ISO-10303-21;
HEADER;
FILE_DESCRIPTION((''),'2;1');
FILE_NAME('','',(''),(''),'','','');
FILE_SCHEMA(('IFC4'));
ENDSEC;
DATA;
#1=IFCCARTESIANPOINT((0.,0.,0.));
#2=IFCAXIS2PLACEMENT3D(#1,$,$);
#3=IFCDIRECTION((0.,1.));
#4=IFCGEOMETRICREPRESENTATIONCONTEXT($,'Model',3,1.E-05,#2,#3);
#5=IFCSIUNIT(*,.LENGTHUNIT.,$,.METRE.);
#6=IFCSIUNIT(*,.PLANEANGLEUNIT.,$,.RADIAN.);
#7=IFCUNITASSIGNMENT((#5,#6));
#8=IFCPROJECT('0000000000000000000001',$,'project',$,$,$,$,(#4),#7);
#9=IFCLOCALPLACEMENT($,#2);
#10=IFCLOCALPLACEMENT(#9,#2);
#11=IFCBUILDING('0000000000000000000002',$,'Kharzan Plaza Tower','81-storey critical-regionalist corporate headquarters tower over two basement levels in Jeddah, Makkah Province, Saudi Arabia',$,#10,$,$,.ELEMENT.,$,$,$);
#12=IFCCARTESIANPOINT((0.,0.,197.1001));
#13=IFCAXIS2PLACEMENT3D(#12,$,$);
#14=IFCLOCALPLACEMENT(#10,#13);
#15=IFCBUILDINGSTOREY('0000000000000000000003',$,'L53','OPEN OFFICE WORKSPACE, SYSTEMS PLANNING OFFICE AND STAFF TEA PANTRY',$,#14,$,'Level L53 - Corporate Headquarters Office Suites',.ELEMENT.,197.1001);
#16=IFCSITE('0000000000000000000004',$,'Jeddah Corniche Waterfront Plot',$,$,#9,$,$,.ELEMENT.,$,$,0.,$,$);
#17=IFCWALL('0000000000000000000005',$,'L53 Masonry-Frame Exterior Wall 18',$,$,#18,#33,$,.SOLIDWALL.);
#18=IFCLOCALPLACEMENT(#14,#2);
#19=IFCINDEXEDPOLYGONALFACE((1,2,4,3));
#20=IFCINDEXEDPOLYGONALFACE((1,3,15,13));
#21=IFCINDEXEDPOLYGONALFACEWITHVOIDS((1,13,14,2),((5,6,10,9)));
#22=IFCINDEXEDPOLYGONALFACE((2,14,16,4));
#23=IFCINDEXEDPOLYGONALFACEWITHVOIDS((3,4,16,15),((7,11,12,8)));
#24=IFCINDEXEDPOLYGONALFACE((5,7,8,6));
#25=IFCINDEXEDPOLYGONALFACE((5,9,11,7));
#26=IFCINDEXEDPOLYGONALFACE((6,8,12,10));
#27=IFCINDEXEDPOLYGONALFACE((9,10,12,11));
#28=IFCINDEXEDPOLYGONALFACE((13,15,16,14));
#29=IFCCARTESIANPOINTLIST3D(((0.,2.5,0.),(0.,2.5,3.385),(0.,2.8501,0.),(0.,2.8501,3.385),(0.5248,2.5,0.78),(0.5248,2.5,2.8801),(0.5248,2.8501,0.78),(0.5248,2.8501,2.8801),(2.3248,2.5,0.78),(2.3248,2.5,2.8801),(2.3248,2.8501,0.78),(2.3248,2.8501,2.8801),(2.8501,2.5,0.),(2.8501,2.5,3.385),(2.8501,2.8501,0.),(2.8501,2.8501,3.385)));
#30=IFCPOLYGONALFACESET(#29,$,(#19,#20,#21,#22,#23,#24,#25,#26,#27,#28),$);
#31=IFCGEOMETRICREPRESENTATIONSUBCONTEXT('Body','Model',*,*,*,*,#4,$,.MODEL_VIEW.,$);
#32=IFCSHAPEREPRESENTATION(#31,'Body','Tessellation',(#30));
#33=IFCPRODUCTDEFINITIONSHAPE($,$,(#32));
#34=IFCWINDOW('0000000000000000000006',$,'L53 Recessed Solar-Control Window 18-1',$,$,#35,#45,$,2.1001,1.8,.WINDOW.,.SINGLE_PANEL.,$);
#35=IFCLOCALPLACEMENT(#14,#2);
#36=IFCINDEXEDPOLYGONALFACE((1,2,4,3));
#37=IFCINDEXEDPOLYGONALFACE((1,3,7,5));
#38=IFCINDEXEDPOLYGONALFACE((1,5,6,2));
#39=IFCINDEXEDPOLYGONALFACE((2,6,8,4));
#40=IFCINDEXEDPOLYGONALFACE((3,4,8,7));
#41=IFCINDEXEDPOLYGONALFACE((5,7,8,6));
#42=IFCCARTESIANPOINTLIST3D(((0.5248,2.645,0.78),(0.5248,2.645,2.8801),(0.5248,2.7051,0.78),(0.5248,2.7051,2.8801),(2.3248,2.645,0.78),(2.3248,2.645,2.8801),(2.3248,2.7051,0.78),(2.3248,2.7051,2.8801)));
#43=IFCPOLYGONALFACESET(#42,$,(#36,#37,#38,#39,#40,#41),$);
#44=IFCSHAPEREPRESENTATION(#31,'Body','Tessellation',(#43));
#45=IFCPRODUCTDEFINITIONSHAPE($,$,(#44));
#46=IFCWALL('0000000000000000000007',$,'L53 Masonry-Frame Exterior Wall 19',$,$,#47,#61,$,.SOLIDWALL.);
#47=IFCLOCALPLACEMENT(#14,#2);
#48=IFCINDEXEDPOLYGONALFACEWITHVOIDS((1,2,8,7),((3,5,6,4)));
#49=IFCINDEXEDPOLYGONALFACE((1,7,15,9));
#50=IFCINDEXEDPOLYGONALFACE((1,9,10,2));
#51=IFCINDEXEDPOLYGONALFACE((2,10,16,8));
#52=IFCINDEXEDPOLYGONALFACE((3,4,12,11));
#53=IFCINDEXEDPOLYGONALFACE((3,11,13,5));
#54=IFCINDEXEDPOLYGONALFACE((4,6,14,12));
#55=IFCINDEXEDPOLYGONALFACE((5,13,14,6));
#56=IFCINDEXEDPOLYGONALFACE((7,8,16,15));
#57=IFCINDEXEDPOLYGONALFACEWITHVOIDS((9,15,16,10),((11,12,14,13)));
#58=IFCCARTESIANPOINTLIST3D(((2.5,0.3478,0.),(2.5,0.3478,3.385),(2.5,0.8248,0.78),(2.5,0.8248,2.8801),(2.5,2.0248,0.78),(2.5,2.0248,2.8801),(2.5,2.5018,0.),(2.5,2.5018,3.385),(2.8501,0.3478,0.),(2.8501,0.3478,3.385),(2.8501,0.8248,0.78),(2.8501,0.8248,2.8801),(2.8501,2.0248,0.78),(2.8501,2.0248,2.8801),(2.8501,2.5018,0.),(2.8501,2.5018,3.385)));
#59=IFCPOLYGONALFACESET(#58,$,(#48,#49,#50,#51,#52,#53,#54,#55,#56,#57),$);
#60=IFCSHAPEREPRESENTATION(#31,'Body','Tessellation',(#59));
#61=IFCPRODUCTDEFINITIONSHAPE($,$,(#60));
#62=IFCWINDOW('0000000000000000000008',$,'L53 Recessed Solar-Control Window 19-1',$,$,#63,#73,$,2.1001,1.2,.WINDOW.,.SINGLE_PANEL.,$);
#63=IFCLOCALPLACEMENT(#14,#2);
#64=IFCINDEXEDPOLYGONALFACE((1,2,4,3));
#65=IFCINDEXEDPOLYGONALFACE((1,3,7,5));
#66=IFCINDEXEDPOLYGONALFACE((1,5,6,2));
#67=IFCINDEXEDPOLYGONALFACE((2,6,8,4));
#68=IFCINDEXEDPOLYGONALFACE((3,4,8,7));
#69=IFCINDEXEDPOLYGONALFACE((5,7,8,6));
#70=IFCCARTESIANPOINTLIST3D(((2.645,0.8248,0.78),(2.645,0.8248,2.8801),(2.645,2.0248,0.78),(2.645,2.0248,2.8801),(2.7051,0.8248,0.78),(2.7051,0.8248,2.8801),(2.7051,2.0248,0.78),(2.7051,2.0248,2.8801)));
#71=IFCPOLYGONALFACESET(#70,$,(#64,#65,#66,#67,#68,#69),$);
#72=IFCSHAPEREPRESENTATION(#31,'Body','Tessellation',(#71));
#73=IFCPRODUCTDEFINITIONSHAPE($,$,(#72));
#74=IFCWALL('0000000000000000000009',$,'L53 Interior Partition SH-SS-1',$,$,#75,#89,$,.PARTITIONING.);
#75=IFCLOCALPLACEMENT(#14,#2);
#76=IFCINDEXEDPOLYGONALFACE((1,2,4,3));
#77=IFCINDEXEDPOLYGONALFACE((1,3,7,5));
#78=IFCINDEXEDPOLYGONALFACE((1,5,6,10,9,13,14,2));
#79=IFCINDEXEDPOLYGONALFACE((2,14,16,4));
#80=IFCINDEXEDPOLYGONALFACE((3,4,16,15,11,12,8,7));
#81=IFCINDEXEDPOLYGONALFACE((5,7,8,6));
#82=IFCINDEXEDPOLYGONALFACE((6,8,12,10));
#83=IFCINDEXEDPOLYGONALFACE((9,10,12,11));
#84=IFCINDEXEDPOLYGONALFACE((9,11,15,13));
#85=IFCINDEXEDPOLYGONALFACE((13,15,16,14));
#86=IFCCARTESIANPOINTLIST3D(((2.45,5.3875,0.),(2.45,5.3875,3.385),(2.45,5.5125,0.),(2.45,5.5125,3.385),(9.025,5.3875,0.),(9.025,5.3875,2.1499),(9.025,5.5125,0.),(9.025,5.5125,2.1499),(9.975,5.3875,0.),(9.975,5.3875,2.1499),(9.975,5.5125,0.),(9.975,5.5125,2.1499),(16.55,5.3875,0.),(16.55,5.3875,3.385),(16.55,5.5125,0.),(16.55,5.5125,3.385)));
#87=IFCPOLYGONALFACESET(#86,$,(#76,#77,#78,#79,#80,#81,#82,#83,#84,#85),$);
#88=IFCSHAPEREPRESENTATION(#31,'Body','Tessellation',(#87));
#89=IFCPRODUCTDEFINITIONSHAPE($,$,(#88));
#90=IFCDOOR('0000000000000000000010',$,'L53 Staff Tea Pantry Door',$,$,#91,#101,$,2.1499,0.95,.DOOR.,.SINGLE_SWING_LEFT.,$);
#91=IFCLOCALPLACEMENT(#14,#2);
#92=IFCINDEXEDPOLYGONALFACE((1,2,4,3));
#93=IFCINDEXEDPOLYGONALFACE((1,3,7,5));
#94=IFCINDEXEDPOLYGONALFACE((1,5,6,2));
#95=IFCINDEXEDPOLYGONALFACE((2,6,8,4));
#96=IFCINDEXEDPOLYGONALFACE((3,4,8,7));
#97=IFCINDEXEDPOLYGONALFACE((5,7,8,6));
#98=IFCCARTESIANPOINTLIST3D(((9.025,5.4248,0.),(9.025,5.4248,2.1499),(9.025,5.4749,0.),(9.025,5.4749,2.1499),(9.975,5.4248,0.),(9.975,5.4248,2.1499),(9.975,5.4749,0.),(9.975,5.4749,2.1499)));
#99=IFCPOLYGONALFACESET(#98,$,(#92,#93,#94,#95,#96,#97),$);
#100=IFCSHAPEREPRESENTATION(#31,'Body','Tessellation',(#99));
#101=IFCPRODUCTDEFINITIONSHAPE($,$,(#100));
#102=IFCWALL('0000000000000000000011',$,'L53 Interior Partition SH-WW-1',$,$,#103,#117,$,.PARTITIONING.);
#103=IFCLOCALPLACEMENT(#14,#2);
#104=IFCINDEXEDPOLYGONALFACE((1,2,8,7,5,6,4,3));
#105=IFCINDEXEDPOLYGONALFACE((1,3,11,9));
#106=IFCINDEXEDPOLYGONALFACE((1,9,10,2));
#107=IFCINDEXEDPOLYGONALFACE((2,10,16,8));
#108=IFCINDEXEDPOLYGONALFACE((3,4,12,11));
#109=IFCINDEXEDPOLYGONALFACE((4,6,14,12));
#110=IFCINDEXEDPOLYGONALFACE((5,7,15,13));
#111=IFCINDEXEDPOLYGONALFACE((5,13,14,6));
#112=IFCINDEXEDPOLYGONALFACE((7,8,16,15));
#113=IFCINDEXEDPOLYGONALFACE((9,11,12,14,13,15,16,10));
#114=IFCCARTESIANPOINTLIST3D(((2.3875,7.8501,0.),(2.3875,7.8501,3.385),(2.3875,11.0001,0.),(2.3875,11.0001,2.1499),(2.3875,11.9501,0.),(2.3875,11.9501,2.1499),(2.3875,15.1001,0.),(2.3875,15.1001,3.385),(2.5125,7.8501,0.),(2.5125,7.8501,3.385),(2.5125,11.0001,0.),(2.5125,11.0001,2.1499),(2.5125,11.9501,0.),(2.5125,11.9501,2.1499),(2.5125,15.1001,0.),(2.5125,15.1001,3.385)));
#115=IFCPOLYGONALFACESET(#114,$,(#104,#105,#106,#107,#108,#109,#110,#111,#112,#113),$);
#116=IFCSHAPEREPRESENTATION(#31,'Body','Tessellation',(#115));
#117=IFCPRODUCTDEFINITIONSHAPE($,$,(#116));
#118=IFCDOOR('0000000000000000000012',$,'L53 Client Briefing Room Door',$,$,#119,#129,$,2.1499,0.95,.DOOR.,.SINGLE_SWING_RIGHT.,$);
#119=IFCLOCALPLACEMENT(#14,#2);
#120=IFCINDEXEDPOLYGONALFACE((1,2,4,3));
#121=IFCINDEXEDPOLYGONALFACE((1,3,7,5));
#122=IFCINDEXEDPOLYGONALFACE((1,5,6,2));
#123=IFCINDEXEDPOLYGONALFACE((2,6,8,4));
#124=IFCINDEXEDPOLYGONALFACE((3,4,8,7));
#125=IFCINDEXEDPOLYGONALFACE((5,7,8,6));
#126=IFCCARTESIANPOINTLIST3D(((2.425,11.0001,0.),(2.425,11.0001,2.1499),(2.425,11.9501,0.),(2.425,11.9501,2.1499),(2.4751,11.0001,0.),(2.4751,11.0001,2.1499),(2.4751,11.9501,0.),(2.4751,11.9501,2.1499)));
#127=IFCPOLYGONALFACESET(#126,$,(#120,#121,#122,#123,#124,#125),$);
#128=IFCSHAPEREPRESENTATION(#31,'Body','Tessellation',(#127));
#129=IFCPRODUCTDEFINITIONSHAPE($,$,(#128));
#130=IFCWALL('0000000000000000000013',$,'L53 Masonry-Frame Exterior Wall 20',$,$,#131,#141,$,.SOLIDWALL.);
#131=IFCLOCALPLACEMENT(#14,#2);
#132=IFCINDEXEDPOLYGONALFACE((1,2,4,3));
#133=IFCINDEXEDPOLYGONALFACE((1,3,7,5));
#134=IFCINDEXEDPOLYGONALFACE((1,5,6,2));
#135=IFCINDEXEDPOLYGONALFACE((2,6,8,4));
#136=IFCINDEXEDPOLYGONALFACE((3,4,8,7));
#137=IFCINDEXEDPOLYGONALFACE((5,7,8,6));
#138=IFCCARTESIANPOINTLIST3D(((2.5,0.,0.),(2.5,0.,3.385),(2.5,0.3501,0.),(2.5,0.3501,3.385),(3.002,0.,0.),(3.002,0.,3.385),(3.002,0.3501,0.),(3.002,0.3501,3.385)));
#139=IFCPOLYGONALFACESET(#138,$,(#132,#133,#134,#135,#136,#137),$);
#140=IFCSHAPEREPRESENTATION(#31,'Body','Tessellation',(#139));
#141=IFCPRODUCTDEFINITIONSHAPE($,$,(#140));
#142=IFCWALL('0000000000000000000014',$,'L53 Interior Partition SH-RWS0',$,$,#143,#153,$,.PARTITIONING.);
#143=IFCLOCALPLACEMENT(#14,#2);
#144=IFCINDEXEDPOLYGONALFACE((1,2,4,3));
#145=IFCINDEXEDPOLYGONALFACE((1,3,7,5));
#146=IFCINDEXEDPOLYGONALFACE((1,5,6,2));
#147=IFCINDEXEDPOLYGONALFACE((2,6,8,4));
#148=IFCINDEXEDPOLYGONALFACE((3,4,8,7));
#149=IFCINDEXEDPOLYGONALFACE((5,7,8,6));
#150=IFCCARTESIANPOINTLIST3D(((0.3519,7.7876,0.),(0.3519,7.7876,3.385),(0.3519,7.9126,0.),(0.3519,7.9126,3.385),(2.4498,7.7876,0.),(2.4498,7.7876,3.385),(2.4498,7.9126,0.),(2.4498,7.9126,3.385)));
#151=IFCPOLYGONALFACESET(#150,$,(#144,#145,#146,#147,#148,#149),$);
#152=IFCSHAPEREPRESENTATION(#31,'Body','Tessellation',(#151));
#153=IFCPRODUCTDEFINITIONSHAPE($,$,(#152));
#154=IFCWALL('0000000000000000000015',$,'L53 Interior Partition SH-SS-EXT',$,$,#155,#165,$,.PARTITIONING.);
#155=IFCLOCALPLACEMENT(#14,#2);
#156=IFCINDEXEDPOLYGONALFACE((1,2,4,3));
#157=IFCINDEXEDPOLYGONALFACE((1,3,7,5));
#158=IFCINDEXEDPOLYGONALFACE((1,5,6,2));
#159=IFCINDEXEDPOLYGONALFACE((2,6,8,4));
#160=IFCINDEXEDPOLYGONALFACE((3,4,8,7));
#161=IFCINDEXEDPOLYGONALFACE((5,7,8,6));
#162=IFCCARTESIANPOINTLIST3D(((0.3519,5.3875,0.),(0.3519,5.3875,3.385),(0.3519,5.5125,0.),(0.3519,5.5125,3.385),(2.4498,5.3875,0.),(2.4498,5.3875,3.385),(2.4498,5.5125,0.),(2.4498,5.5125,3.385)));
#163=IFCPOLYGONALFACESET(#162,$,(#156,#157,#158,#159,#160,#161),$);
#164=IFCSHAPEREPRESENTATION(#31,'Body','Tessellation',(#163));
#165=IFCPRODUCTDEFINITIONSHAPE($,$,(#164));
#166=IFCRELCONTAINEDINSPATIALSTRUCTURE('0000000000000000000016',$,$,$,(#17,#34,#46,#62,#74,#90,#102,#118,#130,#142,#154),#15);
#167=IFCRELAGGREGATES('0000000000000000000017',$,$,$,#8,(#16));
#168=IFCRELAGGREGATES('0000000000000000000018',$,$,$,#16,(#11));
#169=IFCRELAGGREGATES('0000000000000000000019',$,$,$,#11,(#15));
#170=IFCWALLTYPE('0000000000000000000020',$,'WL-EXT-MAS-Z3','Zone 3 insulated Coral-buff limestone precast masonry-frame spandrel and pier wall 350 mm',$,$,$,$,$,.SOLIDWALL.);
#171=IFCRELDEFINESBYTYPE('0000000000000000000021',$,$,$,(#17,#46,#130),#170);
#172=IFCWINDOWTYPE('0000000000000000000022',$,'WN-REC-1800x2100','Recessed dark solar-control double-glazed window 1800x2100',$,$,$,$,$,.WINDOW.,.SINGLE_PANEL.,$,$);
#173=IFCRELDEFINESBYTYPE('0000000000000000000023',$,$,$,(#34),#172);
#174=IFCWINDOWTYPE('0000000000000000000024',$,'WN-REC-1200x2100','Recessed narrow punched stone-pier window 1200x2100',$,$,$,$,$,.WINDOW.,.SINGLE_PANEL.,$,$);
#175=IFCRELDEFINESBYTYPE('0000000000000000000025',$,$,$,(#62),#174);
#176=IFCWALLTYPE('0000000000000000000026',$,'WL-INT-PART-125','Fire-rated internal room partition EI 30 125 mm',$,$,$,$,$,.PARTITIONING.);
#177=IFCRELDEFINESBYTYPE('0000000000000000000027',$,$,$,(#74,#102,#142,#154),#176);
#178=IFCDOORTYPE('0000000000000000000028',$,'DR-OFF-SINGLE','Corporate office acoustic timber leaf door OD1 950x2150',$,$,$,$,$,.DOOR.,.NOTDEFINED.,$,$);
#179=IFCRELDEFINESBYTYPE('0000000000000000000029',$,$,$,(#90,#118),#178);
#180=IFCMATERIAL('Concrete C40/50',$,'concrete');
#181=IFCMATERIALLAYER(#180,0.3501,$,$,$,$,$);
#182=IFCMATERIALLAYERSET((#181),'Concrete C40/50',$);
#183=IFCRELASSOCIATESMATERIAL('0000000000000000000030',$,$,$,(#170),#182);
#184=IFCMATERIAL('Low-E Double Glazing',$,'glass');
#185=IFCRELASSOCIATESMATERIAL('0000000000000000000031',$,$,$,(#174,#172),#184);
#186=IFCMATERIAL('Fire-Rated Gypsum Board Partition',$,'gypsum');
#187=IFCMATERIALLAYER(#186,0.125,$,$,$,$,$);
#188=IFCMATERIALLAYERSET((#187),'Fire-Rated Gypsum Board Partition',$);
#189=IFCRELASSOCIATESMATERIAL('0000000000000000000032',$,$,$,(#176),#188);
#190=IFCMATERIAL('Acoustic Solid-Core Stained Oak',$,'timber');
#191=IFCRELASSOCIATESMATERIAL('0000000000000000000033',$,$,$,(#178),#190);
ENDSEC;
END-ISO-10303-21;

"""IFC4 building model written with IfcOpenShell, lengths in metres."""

from ifc_helpers import new_model, si_unit, direction, frame, frame_2d, origin, place, context, subcontext, project, spatial, rectangle, extrude, source, transform, mapped, material, layer, layer_set, type_object, element, fill, save


model = new_model("IFC4")

# Units and contexts
model_context = context("Model", 3, precision=1e-05, world=origin(), true_north=direction((0.0, 1.0)))
body_context = subcontext(model_context, "Body", "Model", "MODEL_VIEW")
ifc_project = project(units=[si_unit("LENGTHUNIT", "METRE"), si_unit("PLANEANGLEUNIT", "RADIAN")], contexts=[model_context])

# Site, building, storey
site_placement = place(None, origin())
site = spatial("IfcSite", under=ifc_project, at=site_placement, Name="Jeddah Corniche Waterfront Plot", CompositionType="ELEMENT", RefElevation=0.0)
building_placement = place(site_placement, origin())
building = spatial("IfcBuilding", under=site, at=building_placement, Name="Kharzan Plaza Tower", Description="81-storey critical-regionalist corporate headquarters tower over two basement levels in Jeddah, Makkah Province, Saudi Arabia", CompositionType="ELEMENT")
storey_placement = place(building_placement, frame((0.0, 0.0, 197.1001)))
storey = spatial("IfcBuildingStorey", under=building, at=storey_placement, Name="L53", Description="OPEN OFFICE WORKSPACE, SYSTEMS PLANNING OFFICE AND STAFF TEA PANTRY", LongName="Level L53 - Corporate Headquarters Office Suites", CompositionType="ELEMENT", Elevation=197.1001)

# Shared definitions
ifc_material_1 = material(Name="Concrete C40/50", Category="concrete")

# Walls, openings, windows
ifc_layer_1 = layer(ifc_material_1, 0.3501)
ifc_layer_set_1 = layer_set([ifc_layer_1], Name="Concrete C40/50")
wall_type_1 = type_object("IfcWallType", Name="WL-EXT-MAS-Z3", Description="Zone 3 insulated Coral-buff limestone precast masonry-frame spandrel and pier wall 350 mm", PredefinedType="SOLIDWALL", material=ifc_layer_set_1)
ifc_material_2 = material(Name="Low-E Double Glazing", Category="glass")
window_type_1 = type_object("IfcWindowType", Name="WN-REC-1200x2100", Description="Recessed narrow punched stone-pier window 1200x2100", PartitioningType="SINGLE_PANEL", PredefinedType="WINDOW", material=ifc_material_2)
wall_1_placement = place(storey_placement, frame((0.0, 2.675, 0.0), z_axis=(0.0, 0.0, 1.0), x_axis=(1.0, 0.0, 0.0)))
wall_1 = element("IfcWall", 1, at=wall_1_placement, inside=storey, type_object=wall_type_1, Name="L53 Masonry-Frame Exterior Wall 18", PredefinedType="SOLIDWALL", context=body_context, shape_type="SweptSolid", body=[
    extrude(rectangle(XDim=2.8501, YDim=0.3501, at=frame_2d((1.425, 0.0))), origin(), (0.0, 0.0, 1.0), 3.385),
])
opening_1_placement = place(wall_1_placement, frame((0.5249, 0.0, 0.78)))
opening_1 = element("IfcOpeningElement", 2, at=opening_1_placement, cuts=wall_1, PredefinedType="OPENING", context=body_context, shape_type="SweptSolid", body=[
    extrude(rectangle(XDim=1.8, YDim=2.1001, at=frame_2d((0.8999, 1.05))), frame((0.0, 0.1851, 0.0), z_axis=(0.0, -1.0, 0.0), x_axis=(1.0, 0.0, 0.0)), (0.0, 0.0, 1.0), 0.3701),
])
window_type_2 = type_object("IfcWindowType", Name="WN-REC-1800x2100", Description="Recessed dark solar-control double-glazed window 1800x2100", PartitioningType="SINGLE_PANEL", PredefinedType="WINDOW", material=ifc_material_2)
shared_shape_1 = source(origin(), body_context, "Body", "SweptSolid", [
    extrude(rectangle(XDim=1.8, YDim=2.1001, at=frame_2d((0.8999, 1.05))), frame((0.0, 0.03, 0.0), z_axis=(0.0, -1.0, 0.0), x_axis=(1.0, 0.0, 0.0)), (0.0, 0.0, 1.0), 0.0601),
])
window_1_placement = place(opening_1_placement, origin())
window_1 = element("IfcWindow", 3, at=window_1_placement, inside=storey, type_object=window_type_2, Name="L53 Recessed Solar-Control Window 18-1", OverallHeight=2.1001, OverallWidth=1.8, PartitioningType="SINGLE_PANEL", PredefinedType="WINDOW", context=body_context, shape_type="MappedRepresentation", body=[
    mapped(shared_shape_1, transform((0.0, 0.0, 0.0), x_axis=(1.0, 0.0, 0.0), y_axis=(0.0, 1.0, 0.0), z_axis=(0.0, 0.0, 1.0))),
])
fill(opening_1, window_1)
wall_2_placement = place(storey_placement, frame((2.675, 2.502, 0.0), z_axis=(0.0, 0.0, 1.0), x_axis=(0.0, -1.0, 0.0)))
wall_2 = element("IfcWall", 4, at=wall_2_placement, inside=storey, type_object=wall_type_1, Name="L53 Masonry-Frame Exterior Wall 19", PredefinedType="SOLIDWALL", context=body_context, shape_type="SweptSolid", body=[
    extrude(rectangle(XDim=2.1541, YDim=0.3501, at=frame_2d((1.0771, 0.0))), origin(), (0.0, 0.0, 1.0), 3.385),
])
opening_2_placement = place(wall_2_placement, frame((0.4771, 0.0, 0.78)))
opening_2 = element("IfcOpeningElement", 5, at=opening_2_placement, cuts=wall_2, PredefinedType="OPENING", context=body_context, shape_type="SweptSolid", body=[
    extrude(rectangle(XDim=1.2, YDim=2.1001, at=frame_2d((0.6001, 1.05))), frame((0.0, 0.1851, 0.0), z_axis=(0.0, -1.0, 0.0), x_axis=(1.0, 0.0, 0.0)), (0.0, 0.0, 1.0), 0.3701),
])
shared_shape_2 = source(origin(), body_context, "Body", "SweptSolid", [
    extrude(rectangle(XDim=1.2, YDim=2.1001, at=frame_2d((0.6001, 1.05))), frame((0.0, 0.03, 0.0), z_axis=(0.0, -1.0, 0.0), x_axis=(1.0, 0.0, 0.0)), (0.0, 0.0, 1.0), 0.0601),
])
window_2_placement = place(opening_2_placement, origin())
window_2 = element("IfcWindow", 6, at=window_2_placement, inside=storey, type_object=window_type_1, Name="L53 Recessed Solar-Control Window 19-1", OverallHeight=2.1001, OverallWidth=1.2, PartitioningType="SINGLE_PANEL", PredefinedType="WINDOW", context=body_context, shape_type="MappedRepresentation", body=[
    mapped(shared_shape_2, transform((0.0, 0.0, 0.0), x_axis=(1.0, 0.0, 0.0), y_axis=(0.0, 1.0, 0.0), z_axis=(0.0, 0.0, 1.0))),
])
fill(opening_2, window_2)

# Walls, openings, doors
ifc_material_3 = material(Name="Fire-Rated Gypsum Board Partition", Category="gypsum")
ifc_layer_2 = layer(ifc_material_3, 0.125)
ifc_layer_set_2 = layer_set([ifc_layer_2], Name="Fire-Rated Gypsum Board Partition")
wall_type_2 = type_object("IfcWallType", Name="WL-INT-PART-125", Description="Fire-rated internal room partition EI 30 125 mm", PredefinedType="PARTITIONING", material=ifc_layer_set_2)
wall_3_placement = place(storey_placement, frame((2.45, 5.45, 0.0), z_axis=(0.0, 0.0, 1.0), x_axis=(1.0, 0.0, 0.0)))
wall_3 = element("IfcWall", 7, at=wall_3_placement, inside=storey, type_object=wall_type_2, Name="L53 Interior Partition SH-SS-1", PredefinedType="PARTITIONING", context=body_context, shape_type="SweptSolid", body=[
    extrude(rectangle(XDim=14.1001, YDim=0.125, at=frame_2d((7.05, 0.0))), origin(), (0.0, 0.0, 1.0), 3.385),
])
opening_3_placement = place(wall_3_placement, frame((6.575, 0.0, 0.0)))
opening_3 = element("IfcOpeningElement", 8, at=opening_3_placement, cuts=wall_3, PredefinedType="OPENING", context=body_context, shape_type="SweptSolid", body=[
    extrude(rectangle(XDim=0.95, YDim=2.1499, at=frame_2d((0.4751, 1.075))), frame((0.0, 0.0725, 0.0), z_axis=(0.0, -1.0, 0.0), x_axis=(1.0, 0.0, 0.0)), (0.0, 0.0, 1.0), 0.145),
])
ifc_material_4 = material(Name="Acoustic Solid-Core Stained Oak", Category="timber")
door_type = type_object("IfcDoorType", Name="DR-OFF-SINGLE", Description="Corporate office acoustic timber leaf door OD1 950x2150", OperationType="NOTDEFINED", PredefinedType="DOOR", material=ifc_material_4)
shared_shape_3 = source(origin(), body_context, "Body", "SweptSolid", [
    extrude(rectangle(XDim=0.95, YDim=2.1499, at=frame_2d((0.4751, 1.075))), frame((0.0, 0.0249, 0.0), z_axis=(0.0, -1.0, 0.0), x_axis=(1.0, 0.0, 0.0)), (0.0, 0.0, 1.0), 0.05),
])
door_1_placement = place(opening_3_placement, origin())
door_1 = element("IfcDoor", 9, at=door_1_placement, inside=storey, type_object=door_type, Name="L53 Staff Tea Pantry Door", OperationType="SINGLE_SWING_LEFT", OverallHeight=2.1499, OverallWidth=0.95, PredefinedType="DOOR", context=body_context, shape_type="MappedRepresentation", body=[
    mapped(shared_shape_3, transform((0.0, 0.0, 0.0), x_axis=(1.0, 0.0, 0.0), y_axis=(0.0, 1.0, 0.0), z_axis=(0.0, 0.0, 1.0))),
])
fill(opening_3, door_1)
wall_4_placement = place(storey_placement, frame((2.45, 7.8501, 0.0), z_axis=(0.0, 0.0, 1.0), x_axis=(0.0, 1.0, 0.0)))
wall_4 = element("IfcWall", 10, at=wall_4_placement, inside=storey, type_object=wall_type_2, Name="L53 Interior Partition SH-WW-1", PredefinedType="PARTITIONING", context=body_context, shape_type="SweptSolid", body=[
    extrude(rectangle(XDim=7.25, YDim=0.125, at=frame_2d((3.625, 0.0))), origin(), (0.0, 0.0, 1.0), 3.385),
])
opening_4_placement = place(wall_4_placement, frame((3.1499, 0.0, 0.0)))
opening_4 = element("IfcOpeningElement", 11, at=opening_4_placement, cuts=wall_4, PredefinedType="OPENING", context=body_context, shape_type="SweptSolid", body=[
    extrude(rectangle(XDim=0.95, YDim=2.1499, at=frame_2d((0.4751, 1.075))), frame((0.0, 0.0725, 0.0), z_axis=(0.0, -1.0, 0.0), x_axis=(1.0, 0.0, 0.0)), (0.0, 0.0, 1.0), 0.145),
])
door_2_placement = place(opening_4_placement, origin())
door_2 = element("IfcDoor", 12, at=door_2_placement, inside=storey, type_object=door_type, Name="L53 Client Briefing Room Door", OperationType="SINGLE_SWING_RIGHT", OverallHeight=2.1499, OverallWidth=0.95, PredefinedType="DOOR", context=body_context, shape_type="MappedRepresentation", body=[
    mapped(shared_shape_3, transform((0.0, 0.0, 0.0), x_axis=(1.0, 0.0, 0.0), y_axis=(0.0, 1.0, 0.0), z_axis=(0.0, 0.0, 1.0))),
])
fill(opening_4, door_2)

# Walls
shared_shape_4 = source(origin(), body_context, "Body", "SweptSolid", [
    extrude(rectangle(XDim=0.502, YDim=0.3501, at=frame_2d((0.251, 0.0))), origin(), (0.0, 0.0, 1.0), 3.385),
])
wall_5_placement = place(storey_placement, frame((2.5, 0.175, 0.0), z_axis=(0.0, 0.0, 1.0), x_axis=(1.0, 0.0, 0.0)))
element("IfcWall", 13, at=wall_5_placement, inside=storey, type_object=wall_type_1, Name="L53 Masonry-Frame Exterior Wall 20", PredefinedType="SOLIDWALL", context=body_context, shape_type="MappedRepresentation", body=[
    mapped(shared_shape_4, transform((0.0, 0.0, 0.0), x_axis=(1.0, 0.0, 0.0), y_axis=(0.0, 1.0, 0.0), z_axis=(0.0, 0.0, 1.0))),
])
shared_shape_5 = source(origin(), body_context, "Body", "SweptSolid", [
    extrude(rectangle(XDim=2.0979, YDim=0.125, at=frame_2d((1.0488, 0.0))), origin(), (0.0, 0.0, 1.0), 3.385),
])
for number, where, z_axis, x_axis, name in (
    (14, (0.3521, 7.8501, 0.0), (0.0, 0.0, 1.0), (1.0, 0.0, 0.0), "L53 Interior Partition SH-RWS0"),
    (15, (0.3521, 5.45, 0.0), (0.0, 0.0, 1.0), (1.0, 0.0, 0.0), "L53 Interior Partition SH-SS-EXT"),
):
    element("IfcWall", number, at=place(storey_placement, frame(where, z_axis=z_axis, x_axis=x_axis)), inside=storey, type_object=wall_type_2, Name=name, PredefinedType="PARTITIONING", context=body_context, shape_type="MappedRepresentation", body=[
        mapped(shared_shape_5, transform((0.0, 0.0, 0.0), x_axis=(1.0, 0.0, 0.0), y_axis=(0.0, 1.0, 0.0), z_axis=(0.0, 0.0, 1.0))),
    ])

save(model, "model.ifc")
